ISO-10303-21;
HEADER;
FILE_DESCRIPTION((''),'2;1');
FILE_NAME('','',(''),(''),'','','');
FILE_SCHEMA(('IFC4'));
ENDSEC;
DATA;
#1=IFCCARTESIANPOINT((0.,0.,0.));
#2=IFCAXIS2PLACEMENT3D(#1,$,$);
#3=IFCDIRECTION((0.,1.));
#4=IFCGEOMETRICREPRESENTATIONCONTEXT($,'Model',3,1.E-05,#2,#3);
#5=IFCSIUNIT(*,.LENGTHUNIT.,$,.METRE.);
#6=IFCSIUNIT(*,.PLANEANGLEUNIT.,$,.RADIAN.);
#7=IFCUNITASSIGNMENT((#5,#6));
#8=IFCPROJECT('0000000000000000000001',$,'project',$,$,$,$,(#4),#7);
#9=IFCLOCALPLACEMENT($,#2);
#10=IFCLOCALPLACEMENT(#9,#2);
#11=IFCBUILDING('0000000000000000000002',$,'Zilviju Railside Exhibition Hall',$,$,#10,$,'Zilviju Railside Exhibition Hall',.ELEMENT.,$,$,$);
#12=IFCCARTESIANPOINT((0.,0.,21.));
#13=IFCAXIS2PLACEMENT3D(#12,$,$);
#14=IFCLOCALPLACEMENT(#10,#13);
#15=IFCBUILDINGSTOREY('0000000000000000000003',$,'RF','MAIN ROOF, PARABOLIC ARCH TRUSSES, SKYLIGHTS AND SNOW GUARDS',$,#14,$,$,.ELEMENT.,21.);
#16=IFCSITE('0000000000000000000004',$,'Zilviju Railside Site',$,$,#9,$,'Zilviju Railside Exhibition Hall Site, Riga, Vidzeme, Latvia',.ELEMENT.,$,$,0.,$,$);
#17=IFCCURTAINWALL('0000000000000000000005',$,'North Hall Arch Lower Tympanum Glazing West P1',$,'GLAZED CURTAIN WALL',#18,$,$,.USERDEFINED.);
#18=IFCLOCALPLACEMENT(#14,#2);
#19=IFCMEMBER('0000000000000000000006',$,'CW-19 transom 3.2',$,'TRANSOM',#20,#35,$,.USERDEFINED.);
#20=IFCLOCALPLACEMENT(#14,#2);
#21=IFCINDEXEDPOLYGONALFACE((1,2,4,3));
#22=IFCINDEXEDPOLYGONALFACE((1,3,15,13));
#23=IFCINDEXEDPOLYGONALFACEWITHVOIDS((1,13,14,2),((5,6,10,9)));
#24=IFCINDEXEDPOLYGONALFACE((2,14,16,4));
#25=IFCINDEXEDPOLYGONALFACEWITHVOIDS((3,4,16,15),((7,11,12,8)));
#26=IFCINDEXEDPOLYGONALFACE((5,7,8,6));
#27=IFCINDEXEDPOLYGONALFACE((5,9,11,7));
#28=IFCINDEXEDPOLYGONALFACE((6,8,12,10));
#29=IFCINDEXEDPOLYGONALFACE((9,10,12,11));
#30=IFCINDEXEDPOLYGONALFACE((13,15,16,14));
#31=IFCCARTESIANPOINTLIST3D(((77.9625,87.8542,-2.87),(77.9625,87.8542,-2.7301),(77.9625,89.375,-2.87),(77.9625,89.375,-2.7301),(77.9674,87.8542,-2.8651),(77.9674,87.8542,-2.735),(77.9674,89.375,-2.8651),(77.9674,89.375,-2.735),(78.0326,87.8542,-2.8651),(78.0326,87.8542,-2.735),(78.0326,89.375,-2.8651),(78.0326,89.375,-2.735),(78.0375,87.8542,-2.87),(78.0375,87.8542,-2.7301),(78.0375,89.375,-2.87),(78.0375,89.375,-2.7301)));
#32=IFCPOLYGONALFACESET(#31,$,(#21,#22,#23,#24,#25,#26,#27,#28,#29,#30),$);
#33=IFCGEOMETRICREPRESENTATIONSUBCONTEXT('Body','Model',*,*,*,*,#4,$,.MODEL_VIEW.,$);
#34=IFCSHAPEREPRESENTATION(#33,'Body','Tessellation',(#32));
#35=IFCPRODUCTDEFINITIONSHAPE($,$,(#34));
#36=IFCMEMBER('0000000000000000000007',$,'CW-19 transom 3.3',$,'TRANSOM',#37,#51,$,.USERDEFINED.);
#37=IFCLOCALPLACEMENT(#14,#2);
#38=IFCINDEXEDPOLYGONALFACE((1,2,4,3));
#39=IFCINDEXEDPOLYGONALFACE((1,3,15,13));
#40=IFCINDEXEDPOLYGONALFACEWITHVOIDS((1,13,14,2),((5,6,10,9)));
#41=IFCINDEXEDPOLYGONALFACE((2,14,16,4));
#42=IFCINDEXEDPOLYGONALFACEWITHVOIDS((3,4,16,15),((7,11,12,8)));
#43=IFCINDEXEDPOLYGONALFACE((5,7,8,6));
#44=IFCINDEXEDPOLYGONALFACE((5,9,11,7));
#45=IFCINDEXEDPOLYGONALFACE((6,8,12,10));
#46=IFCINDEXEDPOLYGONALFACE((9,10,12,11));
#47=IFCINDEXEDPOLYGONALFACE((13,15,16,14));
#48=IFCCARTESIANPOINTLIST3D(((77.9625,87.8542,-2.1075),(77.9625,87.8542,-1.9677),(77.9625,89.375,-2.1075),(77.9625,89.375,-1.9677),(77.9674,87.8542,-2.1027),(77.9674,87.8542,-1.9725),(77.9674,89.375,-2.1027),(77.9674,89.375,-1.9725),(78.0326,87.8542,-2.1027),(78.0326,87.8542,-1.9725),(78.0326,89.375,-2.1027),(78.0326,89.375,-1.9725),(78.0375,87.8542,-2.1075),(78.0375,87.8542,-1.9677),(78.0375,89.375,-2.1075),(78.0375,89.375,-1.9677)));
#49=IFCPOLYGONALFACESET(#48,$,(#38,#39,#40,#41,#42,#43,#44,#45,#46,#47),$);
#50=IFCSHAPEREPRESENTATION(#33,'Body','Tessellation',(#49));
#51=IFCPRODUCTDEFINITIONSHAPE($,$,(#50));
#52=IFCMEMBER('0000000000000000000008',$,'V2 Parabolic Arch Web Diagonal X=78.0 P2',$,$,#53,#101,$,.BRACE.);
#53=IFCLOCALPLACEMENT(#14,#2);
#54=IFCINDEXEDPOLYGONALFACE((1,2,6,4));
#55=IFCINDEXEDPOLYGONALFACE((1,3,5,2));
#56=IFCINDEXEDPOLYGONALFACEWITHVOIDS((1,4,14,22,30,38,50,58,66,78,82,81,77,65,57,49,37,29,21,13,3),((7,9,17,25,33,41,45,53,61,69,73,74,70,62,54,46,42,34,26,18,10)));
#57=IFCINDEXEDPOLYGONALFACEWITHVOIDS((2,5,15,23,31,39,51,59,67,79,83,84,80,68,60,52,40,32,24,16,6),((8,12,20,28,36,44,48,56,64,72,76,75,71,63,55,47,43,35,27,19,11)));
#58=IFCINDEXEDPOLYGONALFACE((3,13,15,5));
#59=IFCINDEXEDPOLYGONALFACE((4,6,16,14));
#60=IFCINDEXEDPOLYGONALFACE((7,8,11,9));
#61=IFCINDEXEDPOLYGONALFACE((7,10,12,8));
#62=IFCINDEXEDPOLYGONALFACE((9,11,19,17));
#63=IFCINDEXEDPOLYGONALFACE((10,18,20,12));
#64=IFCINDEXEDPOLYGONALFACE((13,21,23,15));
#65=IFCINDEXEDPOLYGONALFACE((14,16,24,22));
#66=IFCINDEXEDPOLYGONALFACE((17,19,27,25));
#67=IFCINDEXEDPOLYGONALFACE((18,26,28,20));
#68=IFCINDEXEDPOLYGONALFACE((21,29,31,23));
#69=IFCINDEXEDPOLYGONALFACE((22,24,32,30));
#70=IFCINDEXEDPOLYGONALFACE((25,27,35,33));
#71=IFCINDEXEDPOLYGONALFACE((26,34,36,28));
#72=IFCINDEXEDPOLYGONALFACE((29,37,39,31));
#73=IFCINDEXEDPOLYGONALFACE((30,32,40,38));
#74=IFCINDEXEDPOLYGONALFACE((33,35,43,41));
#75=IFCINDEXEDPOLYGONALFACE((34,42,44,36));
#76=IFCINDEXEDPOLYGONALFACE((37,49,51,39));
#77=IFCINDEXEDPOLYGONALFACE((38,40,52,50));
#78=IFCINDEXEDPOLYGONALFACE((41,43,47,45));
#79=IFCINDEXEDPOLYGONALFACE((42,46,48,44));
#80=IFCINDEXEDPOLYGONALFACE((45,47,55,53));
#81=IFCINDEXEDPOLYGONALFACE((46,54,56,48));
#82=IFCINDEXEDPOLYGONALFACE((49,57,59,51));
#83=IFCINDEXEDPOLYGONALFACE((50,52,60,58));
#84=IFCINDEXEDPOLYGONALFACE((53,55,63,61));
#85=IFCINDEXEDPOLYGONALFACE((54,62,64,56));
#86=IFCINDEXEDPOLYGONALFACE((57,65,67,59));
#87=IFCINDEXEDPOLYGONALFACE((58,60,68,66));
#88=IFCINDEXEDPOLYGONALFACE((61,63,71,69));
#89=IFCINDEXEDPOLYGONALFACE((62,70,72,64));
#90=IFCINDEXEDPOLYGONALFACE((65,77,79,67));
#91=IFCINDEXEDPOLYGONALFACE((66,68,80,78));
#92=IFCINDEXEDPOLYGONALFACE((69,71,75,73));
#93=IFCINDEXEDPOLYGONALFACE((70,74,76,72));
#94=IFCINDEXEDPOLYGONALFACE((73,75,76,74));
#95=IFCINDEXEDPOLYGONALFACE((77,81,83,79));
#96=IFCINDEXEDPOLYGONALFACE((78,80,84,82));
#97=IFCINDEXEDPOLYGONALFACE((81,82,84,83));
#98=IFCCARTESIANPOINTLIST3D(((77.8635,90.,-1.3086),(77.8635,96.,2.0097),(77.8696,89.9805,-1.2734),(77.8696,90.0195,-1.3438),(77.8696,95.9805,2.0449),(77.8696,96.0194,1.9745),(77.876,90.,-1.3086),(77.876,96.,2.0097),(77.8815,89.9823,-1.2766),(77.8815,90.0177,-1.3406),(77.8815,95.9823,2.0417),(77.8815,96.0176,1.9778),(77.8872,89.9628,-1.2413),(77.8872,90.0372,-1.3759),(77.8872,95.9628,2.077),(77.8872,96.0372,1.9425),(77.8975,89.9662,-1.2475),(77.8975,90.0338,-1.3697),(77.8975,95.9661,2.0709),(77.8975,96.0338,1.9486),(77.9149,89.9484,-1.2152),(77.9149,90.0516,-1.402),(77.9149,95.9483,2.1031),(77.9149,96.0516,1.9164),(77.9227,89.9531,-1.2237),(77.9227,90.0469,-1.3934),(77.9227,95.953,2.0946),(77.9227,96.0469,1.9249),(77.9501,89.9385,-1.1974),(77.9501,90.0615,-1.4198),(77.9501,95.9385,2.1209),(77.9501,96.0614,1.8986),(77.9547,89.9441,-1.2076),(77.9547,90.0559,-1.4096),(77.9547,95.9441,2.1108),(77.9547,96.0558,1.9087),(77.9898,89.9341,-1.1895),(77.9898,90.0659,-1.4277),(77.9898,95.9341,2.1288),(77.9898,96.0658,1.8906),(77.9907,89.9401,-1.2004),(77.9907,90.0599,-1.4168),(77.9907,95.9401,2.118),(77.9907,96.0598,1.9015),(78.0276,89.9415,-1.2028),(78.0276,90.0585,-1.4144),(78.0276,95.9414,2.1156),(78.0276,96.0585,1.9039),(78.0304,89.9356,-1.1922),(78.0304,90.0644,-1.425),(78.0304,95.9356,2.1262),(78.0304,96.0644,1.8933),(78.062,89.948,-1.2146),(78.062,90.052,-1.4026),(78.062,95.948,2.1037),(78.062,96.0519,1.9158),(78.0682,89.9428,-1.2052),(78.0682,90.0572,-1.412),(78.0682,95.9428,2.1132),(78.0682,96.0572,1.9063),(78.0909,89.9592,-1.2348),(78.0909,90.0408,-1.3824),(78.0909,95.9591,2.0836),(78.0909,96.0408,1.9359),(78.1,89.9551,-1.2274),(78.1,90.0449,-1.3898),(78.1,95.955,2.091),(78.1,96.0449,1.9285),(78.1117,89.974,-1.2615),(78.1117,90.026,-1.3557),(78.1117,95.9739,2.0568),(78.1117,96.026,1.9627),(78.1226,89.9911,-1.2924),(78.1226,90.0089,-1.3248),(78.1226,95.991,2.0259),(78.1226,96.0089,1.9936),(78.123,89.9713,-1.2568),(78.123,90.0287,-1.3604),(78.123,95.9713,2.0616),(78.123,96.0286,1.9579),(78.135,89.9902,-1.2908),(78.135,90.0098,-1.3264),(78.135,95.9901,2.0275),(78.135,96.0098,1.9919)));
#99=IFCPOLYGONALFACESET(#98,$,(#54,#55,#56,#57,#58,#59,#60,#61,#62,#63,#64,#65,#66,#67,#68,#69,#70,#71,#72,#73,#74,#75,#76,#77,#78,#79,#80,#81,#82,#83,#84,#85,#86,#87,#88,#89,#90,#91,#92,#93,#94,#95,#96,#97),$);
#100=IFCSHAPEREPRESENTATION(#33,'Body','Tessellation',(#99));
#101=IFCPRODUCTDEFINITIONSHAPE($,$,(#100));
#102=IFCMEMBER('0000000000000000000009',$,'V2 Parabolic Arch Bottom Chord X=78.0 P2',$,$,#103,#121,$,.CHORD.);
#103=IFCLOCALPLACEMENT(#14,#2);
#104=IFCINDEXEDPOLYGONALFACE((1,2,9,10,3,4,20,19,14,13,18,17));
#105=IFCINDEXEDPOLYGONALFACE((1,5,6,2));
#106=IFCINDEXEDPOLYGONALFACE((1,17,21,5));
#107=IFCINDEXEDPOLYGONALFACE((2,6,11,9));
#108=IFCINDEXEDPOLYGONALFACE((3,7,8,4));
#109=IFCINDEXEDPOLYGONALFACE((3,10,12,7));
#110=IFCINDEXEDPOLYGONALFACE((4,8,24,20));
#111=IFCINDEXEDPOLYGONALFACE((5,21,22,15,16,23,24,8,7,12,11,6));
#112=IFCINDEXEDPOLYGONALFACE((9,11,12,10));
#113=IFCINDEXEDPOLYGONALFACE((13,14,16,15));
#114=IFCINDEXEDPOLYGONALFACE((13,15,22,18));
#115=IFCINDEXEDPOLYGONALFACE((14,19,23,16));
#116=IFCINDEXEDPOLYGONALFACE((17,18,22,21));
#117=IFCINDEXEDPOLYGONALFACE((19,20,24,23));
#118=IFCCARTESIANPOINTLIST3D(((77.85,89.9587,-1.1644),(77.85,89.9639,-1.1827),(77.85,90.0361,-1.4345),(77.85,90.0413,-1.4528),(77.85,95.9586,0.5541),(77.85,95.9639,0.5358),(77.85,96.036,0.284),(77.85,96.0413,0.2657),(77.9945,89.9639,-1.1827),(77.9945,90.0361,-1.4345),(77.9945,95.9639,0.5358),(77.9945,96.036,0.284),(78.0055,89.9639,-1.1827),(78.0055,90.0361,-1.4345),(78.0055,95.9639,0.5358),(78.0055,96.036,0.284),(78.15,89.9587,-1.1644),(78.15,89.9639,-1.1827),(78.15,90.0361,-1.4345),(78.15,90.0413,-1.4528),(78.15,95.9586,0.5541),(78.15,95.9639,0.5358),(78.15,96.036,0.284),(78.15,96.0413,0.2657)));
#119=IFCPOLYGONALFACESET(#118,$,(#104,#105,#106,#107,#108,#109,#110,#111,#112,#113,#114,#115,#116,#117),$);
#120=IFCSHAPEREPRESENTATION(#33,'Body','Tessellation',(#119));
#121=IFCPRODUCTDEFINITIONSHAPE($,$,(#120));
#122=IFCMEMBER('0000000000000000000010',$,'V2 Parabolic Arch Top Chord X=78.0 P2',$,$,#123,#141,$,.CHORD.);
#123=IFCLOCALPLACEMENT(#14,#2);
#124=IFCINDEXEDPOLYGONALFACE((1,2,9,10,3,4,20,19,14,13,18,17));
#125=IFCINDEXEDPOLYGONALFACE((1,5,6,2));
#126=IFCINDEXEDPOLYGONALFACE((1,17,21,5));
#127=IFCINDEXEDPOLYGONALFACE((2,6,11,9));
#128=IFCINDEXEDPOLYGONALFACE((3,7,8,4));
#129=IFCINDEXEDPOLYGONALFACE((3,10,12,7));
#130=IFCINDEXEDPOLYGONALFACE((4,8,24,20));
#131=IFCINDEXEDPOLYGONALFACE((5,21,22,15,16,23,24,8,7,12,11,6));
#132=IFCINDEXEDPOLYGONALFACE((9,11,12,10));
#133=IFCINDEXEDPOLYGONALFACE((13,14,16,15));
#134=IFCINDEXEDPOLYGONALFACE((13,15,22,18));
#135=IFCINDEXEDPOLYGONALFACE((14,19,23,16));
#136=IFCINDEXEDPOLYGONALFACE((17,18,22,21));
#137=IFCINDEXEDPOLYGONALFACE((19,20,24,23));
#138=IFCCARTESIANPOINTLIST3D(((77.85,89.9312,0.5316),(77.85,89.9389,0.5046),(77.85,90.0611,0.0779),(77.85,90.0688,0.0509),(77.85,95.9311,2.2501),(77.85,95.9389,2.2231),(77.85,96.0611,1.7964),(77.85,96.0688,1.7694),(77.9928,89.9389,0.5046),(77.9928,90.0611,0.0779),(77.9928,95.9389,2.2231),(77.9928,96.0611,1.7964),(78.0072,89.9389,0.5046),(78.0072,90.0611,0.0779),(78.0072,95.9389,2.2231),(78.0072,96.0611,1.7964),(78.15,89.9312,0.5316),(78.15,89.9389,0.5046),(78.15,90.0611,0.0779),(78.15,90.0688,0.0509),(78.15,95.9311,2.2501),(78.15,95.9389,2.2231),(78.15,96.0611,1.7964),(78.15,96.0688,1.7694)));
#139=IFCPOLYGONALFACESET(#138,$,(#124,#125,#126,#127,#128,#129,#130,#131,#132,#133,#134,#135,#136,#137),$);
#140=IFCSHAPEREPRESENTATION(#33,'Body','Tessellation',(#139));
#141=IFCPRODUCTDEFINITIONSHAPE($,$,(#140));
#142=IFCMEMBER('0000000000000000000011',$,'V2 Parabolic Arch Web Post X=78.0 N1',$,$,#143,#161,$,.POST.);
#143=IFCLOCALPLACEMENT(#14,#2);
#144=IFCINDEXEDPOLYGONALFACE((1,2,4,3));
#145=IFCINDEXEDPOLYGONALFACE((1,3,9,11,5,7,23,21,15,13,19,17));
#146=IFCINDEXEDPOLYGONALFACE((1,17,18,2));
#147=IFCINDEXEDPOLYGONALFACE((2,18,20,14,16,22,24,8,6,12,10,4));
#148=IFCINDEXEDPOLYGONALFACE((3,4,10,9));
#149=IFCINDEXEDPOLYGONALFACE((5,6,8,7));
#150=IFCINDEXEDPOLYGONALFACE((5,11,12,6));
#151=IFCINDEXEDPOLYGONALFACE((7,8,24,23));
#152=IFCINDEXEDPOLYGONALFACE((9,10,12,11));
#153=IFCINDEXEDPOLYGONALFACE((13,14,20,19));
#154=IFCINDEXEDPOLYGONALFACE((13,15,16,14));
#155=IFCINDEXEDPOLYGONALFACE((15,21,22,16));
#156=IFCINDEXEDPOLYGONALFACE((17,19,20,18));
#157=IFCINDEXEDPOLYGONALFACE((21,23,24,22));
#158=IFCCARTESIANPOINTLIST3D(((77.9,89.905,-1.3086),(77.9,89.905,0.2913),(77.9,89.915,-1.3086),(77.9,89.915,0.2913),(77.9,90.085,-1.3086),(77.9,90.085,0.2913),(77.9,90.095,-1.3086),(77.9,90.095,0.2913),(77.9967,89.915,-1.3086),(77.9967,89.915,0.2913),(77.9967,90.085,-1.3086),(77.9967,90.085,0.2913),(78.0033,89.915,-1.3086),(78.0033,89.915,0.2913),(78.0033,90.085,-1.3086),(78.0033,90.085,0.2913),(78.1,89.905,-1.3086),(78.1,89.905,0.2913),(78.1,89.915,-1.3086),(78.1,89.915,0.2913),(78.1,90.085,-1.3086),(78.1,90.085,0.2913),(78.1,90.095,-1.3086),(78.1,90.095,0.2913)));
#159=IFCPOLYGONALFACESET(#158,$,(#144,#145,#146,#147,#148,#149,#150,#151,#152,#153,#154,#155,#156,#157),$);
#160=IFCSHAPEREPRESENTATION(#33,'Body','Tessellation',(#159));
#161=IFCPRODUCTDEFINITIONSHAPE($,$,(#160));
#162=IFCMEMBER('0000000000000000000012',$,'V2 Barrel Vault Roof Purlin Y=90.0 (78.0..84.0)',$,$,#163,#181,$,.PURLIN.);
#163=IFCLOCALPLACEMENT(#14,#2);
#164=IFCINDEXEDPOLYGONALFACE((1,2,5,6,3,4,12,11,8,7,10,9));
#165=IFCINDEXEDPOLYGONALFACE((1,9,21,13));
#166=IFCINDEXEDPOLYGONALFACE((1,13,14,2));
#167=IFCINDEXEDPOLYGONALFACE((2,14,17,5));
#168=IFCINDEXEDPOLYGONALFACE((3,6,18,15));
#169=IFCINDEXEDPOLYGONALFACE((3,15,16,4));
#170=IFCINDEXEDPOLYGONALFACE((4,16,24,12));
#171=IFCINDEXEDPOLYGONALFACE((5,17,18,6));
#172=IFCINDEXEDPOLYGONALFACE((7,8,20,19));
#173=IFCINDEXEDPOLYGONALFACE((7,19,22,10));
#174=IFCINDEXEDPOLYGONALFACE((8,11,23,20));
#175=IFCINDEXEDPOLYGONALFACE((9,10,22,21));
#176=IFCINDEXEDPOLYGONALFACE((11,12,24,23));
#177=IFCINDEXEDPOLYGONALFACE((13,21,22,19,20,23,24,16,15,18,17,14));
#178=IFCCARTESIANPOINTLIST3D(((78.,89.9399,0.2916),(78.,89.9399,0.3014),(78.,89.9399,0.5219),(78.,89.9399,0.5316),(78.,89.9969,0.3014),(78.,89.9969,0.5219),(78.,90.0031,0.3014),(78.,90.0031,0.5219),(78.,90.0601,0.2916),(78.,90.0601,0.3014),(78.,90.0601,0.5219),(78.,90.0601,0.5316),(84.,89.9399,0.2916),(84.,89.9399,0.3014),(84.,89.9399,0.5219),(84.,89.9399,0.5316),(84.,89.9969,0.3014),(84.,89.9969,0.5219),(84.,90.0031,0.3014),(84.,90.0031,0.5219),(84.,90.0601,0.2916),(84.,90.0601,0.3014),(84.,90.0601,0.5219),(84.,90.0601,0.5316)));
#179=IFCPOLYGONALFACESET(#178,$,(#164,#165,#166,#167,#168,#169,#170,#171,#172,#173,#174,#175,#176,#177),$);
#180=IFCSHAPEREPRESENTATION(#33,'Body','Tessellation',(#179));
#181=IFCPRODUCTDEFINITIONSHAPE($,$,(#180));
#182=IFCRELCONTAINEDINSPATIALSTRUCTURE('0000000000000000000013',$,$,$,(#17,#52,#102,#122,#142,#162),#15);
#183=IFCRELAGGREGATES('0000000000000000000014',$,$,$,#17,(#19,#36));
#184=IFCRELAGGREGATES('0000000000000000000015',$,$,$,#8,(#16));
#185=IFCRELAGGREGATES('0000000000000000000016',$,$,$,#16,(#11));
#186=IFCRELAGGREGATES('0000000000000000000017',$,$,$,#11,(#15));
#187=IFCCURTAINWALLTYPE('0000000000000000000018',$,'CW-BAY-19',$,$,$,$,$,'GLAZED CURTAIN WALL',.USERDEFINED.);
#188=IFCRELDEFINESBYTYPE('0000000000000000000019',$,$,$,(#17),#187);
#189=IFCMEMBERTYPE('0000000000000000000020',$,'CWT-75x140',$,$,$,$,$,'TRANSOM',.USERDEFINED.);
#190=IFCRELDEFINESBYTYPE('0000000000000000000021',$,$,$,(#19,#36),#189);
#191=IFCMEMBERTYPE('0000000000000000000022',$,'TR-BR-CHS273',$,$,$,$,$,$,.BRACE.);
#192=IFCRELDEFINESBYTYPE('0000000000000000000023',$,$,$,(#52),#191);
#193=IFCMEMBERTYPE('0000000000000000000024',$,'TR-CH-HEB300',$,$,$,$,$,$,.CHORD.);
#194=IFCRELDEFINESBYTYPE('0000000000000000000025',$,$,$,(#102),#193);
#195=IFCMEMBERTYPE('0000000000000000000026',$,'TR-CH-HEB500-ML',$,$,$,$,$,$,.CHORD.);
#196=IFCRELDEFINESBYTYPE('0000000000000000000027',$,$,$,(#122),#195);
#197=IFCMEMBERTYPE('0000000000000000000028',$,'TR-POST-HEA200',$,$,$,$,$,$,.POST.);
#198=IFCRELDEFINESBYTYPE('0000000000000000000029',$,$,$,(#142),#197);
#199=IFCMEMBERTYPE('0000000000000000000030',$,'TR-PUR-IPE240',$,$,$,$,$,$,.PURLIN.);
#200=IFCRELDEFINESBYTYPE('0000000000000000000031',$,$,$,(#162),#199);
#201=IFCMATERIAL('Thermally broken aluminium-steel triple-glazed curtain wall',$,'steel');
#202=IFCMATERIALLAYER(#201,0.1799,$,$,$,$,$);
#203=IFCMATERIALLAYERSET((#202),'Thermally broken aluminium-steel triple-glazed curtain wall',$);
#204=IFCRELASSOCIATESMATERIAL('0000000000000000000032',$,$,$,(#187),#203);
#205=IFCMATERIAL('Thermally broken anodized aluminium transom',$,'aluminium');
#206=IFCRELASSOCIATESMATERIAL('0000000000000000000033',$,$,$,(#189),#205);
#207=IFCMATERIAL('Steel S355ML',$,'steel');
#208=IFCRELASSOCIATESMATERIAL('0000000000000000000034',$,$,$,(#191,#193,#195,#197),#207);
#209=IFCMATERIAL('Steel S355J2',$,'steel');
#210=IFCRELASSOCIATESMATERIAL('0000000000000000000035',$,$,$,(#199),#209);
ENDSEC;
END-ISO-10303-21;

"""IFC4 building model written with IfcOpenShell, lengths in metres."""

from ifc_helpers import new_model, si_unit, direction, frame, origin, origin_2d, place, context, subcontext, project, spatial, hollow_rectangle, hollow_circle, i_section, extrude, material, layer, layer_set, material_profile, profile_set, type_object, element, aggregate, save


model = new_model("IFC4")

# Units and contexts
model_context = context("Model", 3, precision=1e-05, world=origin(), true_north=direction((0.0, 1.0)))
body_context = subcontext(model_context, "Body", "Model", "MODEL_VIEW")
ifc_project = project(units=[si_unit("LENGTHUNIT", "METRE"), si_unit("PLANEANGLEUNIT", "RADIAN")], contexts=[model_context])

# Site, building, storey
site_placement = place(None, origin())
site = spatial("IfcSite", under=ifc_project, at=site_placement, Name="Zilviju Railside Site", LongName="Zilviju Railside Exhibition Hall Site, Riga, Vidzeme, Latvia", CompositionType="ELEMENT", RefElevation=0.0)
building_placement = place(site_placement, origin())
building = spatial("IfcBuilding", under=site, at=building_placement, Name="Zilviju Railside Exhibition Hall", LongName="Zilviju Railside Exhibition Hall", CompositionType="ELEMENT")
storey_placement = place(building_placement, frame((0.0, 0.0, 21.0)))
storey = spatial("IfcBuildingStorey", under=building, at=storey_placement, Name="RF", Description="MAIN ROOF, PARABOLIC ARCH TRUSSES, SKYLIGHTS AND SNOW GUARDS", CompositionType="ELEMENT", Elevation=21.0)

# Shared definitions
ifc_material_1 = material(Name="Thermally broken aluminium-steel triple-glazed curtain wall", Category="steel")

# Curtain wall
ifc_layer_1 = layer(ifc_material_1, 0.1799)
ifc_layer_set_1 = layer_set([ifc_layer_1], Name="Thermally broken aluminium-steel triple-glazed curtain wall")
curtain_wall_type_1 = type_object("IfcCurtainWallType", Name="CW-BAY-19", ElementType="GLAZED CURTAIN WALL", PredefinedType="USERDEFINED", material=ifc_layer_set_1)
curtain_wall_1_placement = place(storey_placement, origin())
curtain_wall_1 = element("IfcCurtainWall", 1, at=curtain_wall_1_placement, inside=storey, type_object=curtain_wall_type_1, Name="North Hall Arch Lower Tympanum Glazing West P1", ObjectType="GLAZED CURTAIN WALL", PredefinedType="USERDEFINED")

# Members
ifc_material_2 = material(Name="Thermally broken anodized aluminium transom", Category="aluminium")
ifc_material_profile_1 = material_profile(ifc_material_2, hollow_rectangle(XDim=0.075, YDim=0.1399, WallThickness=0.0049, at=origin_2d()), Name="TRANSOM 140x75x5")
ifc_profile_set_1 = profile_set([ifc_material_profile_1], Name="Thermally broken anodized aluminium transom")
member_type_1 = type_object("IfcMemberType", Name="CWT-75x140", ElementType="TRANSOM", PredefinedType="USERDEFINED", material=ifc_profile_set_1)
member_1_placement = place(storey_placement, frame((78.0, 87.8542, -2.8), z_axis=(0.0, 1.0, 0.0), x_axis=(-1.0, 0.0, 0.0)))
member_1 = element("IfcMember", 2, at=member_1_placement, type_object=member_type_1, Name="CW-19 transom 3.2", ObjectType="TRANSOM", PredefinedType="USERDEFINED", context=body_context, shape_type="SweptSolid", body=[
    extrude(hollow_rectangle(XDim=0.075, YDim=0.1399, WallThickness=0.0049, at=origin_2d()), origin(), (0.0, 0.0, 1.0), 1.5208),
])
member_2_placement = place(storey_placement, frame((78.0, 87.8542, -2.0376), z_axis=(0.0, 1.0, 0.0), x_axis=(-1.0, 0.0, 0.0)))
member_2 = element("IfcMember", 3, at=member_2_placement, type_object=member_type_1, Name="CW-19 transom 3.3", ObjectType="TRANSOM", PredefinedType="USERDEFINED", context=body_context, shape_type="SweptSolid", body=[
    extrude(hollow_rectangle(XDim=0.075, YDim=0.1399, WallThickness=0.0049, at=origin_2d()), origin(), (0.0, 0.0, 1.0), 1.5208),
])

# Members
ifc_material_3 = material(Name="Steel S355ML", Category="steel")
ifc_material_profile_2 = material_profile(ifc_material_3, hollow_circle(Radius=0.1365, WallThickness=0.0125, at=origin_2d()), Name="CHS 273.0x12.5")
ifc_profile_set_2 = profile_set([ifc_material_profile_2], Name="Steel S355ML")
member_type_2 = type_object("IfcMemberType", Name="TR-BR-CHS273", PredefinedType="BRACE", material=ifc_profile_set_2)
member_3_placement = place(storey_placement, frame((78.0, 90.0, -1.3086), z_axis=(0.0, 0.875083, 0.483973), x_axis=(-1.0, 0.0, 0.0)))
element("IfcMember", 4, at=member_3_placement, inside=storey, type_object=member_type_2, Name="V2 Parabolic Arch Web Diagonal X=78.0 P2", PredefinedType="BRACE", context=body_context, shape_type="SweptSolid", body=[
    extrude(hollow_circle(Radius=0.1365, WallThickness=0.0125, at=origin_2d()), origin(), (0.0, 0.0, 1.0), 6.8564),
])
ifc_material_profile_3 = material_profile(ifc_material_3, i_section(OverallWidth=0.3, OverallDepth=0.3, WebThickness=0.011, FlangeThickness=0.019, at=origin_2d()), Name="HEB 300")
ifc_profile_set_3 = profile_set([ifc_material_profile_3], Name="Steel S355ML")
member_type_3 = type_object("IfcMemberType", Name="TR-CH-HEB300", PredefinedType="CHORD", material=ifc_profile_set_3)
member_4_placement = place(storey_placement, frame((78.0, 90.0, -1.3086), z_axis=(0.0, 0.961345, 0.275346), x_axis=(-1.0, 0.0, 0.0)))
element("IfcMember", 5, at=member_4_placement, inside=storey, type_object=member_type_3, Name="V2 Parabolic Arch Bottom Chord X=78.0 P2", PredefinedType="CHORD", context=body_context, shape_type="SweptSolid", body=[
    extrude(i_section(OverallWidth=0.3, OverallDepth=0.3, WebThickness=0.011, FlangeThickness=0.019, at=origin_2d()), origin(), (0.0, 0.0, 1.0), 6.2412),
])
ifc_material_profile_4 = material_profile(ifc_material_3, i_section(OverallWidth=0.3, OverallDepth=0.5, WebThickness=0.0144, FlangeThickness=0.0281, at=origin_2d()), Name="HEB 500")
ifc_profile_set_4 = profile_set([ifc_material_profile_4], Name="Steel S355ML")
member_type_4 = type_object("IfcMemberType", Name="TR-CH-HEB500-ML", PredefinedType="CHORD", material=ifc_profile_set_4)
member_5_placement = place(storey_placement, frame((78.0, 90.0, 0.2913), z_axis=(0.0, 0.961345, 0.275346), x_axis=(-1.0, 0.0, 0.0)))
element("IfcMember", 6, at=member_5_placement, inside=storey, type_object=member_type_4, Name="V2 Parabolic Arch Top Chord X=78.0 P2", PredefinedType="CHORD", context=body_context, shape_type="SweptSolid", body=[
    extrude(i_section(OverallWidth=0.3, OverallDepth=0.5, WebThickness=0.0144, FlangeThickness=0.0281, at=origin_2d()), origin(), (0.0, 0.0, 1.0), 6.2412),
])
ifc_material_profile_5 = material_profile(ifc_material_3, i_section(OverallWidth=0.2, OverallDepth=0.1899, WebThickness=0.0066, FlangeThickness=0.01, at=origin_2d()), Name="HEA 200")
ifc_profile_set_5 = profile_set([ifc_material_profile_5], Name="Steel S355ML")
member_type_5 = type_object("IfcMemberType", Name="TR-POST-HEA200", PredefinedType="POST", material=ifc_profile_set_5)
member_6_placement = place(storey_placement, frame((78.0, 90.0, -1.3086), z_axis=(0.0, 0.0, 1.0), x_axis=(1.0, 0.0, 0.0)))
element("IfcMember", 7, at=member_6_placement, inside=storey, type_object=member_type_5, Name="V2 Parabolic Arch Web Post X=78.0 N1", PredefinedType="POST", context=body_context, shape_type="SweptSolid", body=[
    extrude(i_section(OverallWidth=0.2, OverallDepth=0.1899, WebThickness=0.0066, FlangeThickness=0.01, at=origin_2d()), origin(), (0.0, 0.0, 1.0), 1.5999),
])
ifc_material_4 = material(Name="Steel S355J2", Category="steel")
ifc_material_profile_6 = material_profile(ifc_material_4, i_section(OverallWidth=0.1201, OverallDepth=0.24, WebThickness=0.0061, FlangeThickness=0.0098, at=origin_2d()), Name="IPE 240")
ifc_profile_set_6 = profile_set([ifc_material_profile_6], Name="Steel S355J2")
member_type_6 = type_object("IfcMemberType", Name="TR-PUR-IPE240", PredefinedType="PURLIN", material=ifc_profile_set_6)
member_7_placement = place(storey_placement, frame((78.0, 90.0, 0.4116), z_axis=(1.0, 0.0, 0.0), x_axis=(0.0, 1.0, 0.0)))
element("IfcMember", 8, at=member_7_placement, inside=storey, type_object=member_type_6, Name="V2 Barrel Vault Roof Purlin Y=90.0 (78.0..84.0)", PredefinedType="PURLIN", context=body_context, shape_type="SweptSolid", body=[
    extrude(i_section(OverallWidth=0.1201, OverallDepth=0.24, WebThickness=0.0061, FlangeThickness=0.0098, at=origin_2d()), origin(), (0.0, 0.0, 1.0), 6.0),
])

aggregate(curtain_wall_1, [member_1, member_2])

save(model, "model.ifc")
